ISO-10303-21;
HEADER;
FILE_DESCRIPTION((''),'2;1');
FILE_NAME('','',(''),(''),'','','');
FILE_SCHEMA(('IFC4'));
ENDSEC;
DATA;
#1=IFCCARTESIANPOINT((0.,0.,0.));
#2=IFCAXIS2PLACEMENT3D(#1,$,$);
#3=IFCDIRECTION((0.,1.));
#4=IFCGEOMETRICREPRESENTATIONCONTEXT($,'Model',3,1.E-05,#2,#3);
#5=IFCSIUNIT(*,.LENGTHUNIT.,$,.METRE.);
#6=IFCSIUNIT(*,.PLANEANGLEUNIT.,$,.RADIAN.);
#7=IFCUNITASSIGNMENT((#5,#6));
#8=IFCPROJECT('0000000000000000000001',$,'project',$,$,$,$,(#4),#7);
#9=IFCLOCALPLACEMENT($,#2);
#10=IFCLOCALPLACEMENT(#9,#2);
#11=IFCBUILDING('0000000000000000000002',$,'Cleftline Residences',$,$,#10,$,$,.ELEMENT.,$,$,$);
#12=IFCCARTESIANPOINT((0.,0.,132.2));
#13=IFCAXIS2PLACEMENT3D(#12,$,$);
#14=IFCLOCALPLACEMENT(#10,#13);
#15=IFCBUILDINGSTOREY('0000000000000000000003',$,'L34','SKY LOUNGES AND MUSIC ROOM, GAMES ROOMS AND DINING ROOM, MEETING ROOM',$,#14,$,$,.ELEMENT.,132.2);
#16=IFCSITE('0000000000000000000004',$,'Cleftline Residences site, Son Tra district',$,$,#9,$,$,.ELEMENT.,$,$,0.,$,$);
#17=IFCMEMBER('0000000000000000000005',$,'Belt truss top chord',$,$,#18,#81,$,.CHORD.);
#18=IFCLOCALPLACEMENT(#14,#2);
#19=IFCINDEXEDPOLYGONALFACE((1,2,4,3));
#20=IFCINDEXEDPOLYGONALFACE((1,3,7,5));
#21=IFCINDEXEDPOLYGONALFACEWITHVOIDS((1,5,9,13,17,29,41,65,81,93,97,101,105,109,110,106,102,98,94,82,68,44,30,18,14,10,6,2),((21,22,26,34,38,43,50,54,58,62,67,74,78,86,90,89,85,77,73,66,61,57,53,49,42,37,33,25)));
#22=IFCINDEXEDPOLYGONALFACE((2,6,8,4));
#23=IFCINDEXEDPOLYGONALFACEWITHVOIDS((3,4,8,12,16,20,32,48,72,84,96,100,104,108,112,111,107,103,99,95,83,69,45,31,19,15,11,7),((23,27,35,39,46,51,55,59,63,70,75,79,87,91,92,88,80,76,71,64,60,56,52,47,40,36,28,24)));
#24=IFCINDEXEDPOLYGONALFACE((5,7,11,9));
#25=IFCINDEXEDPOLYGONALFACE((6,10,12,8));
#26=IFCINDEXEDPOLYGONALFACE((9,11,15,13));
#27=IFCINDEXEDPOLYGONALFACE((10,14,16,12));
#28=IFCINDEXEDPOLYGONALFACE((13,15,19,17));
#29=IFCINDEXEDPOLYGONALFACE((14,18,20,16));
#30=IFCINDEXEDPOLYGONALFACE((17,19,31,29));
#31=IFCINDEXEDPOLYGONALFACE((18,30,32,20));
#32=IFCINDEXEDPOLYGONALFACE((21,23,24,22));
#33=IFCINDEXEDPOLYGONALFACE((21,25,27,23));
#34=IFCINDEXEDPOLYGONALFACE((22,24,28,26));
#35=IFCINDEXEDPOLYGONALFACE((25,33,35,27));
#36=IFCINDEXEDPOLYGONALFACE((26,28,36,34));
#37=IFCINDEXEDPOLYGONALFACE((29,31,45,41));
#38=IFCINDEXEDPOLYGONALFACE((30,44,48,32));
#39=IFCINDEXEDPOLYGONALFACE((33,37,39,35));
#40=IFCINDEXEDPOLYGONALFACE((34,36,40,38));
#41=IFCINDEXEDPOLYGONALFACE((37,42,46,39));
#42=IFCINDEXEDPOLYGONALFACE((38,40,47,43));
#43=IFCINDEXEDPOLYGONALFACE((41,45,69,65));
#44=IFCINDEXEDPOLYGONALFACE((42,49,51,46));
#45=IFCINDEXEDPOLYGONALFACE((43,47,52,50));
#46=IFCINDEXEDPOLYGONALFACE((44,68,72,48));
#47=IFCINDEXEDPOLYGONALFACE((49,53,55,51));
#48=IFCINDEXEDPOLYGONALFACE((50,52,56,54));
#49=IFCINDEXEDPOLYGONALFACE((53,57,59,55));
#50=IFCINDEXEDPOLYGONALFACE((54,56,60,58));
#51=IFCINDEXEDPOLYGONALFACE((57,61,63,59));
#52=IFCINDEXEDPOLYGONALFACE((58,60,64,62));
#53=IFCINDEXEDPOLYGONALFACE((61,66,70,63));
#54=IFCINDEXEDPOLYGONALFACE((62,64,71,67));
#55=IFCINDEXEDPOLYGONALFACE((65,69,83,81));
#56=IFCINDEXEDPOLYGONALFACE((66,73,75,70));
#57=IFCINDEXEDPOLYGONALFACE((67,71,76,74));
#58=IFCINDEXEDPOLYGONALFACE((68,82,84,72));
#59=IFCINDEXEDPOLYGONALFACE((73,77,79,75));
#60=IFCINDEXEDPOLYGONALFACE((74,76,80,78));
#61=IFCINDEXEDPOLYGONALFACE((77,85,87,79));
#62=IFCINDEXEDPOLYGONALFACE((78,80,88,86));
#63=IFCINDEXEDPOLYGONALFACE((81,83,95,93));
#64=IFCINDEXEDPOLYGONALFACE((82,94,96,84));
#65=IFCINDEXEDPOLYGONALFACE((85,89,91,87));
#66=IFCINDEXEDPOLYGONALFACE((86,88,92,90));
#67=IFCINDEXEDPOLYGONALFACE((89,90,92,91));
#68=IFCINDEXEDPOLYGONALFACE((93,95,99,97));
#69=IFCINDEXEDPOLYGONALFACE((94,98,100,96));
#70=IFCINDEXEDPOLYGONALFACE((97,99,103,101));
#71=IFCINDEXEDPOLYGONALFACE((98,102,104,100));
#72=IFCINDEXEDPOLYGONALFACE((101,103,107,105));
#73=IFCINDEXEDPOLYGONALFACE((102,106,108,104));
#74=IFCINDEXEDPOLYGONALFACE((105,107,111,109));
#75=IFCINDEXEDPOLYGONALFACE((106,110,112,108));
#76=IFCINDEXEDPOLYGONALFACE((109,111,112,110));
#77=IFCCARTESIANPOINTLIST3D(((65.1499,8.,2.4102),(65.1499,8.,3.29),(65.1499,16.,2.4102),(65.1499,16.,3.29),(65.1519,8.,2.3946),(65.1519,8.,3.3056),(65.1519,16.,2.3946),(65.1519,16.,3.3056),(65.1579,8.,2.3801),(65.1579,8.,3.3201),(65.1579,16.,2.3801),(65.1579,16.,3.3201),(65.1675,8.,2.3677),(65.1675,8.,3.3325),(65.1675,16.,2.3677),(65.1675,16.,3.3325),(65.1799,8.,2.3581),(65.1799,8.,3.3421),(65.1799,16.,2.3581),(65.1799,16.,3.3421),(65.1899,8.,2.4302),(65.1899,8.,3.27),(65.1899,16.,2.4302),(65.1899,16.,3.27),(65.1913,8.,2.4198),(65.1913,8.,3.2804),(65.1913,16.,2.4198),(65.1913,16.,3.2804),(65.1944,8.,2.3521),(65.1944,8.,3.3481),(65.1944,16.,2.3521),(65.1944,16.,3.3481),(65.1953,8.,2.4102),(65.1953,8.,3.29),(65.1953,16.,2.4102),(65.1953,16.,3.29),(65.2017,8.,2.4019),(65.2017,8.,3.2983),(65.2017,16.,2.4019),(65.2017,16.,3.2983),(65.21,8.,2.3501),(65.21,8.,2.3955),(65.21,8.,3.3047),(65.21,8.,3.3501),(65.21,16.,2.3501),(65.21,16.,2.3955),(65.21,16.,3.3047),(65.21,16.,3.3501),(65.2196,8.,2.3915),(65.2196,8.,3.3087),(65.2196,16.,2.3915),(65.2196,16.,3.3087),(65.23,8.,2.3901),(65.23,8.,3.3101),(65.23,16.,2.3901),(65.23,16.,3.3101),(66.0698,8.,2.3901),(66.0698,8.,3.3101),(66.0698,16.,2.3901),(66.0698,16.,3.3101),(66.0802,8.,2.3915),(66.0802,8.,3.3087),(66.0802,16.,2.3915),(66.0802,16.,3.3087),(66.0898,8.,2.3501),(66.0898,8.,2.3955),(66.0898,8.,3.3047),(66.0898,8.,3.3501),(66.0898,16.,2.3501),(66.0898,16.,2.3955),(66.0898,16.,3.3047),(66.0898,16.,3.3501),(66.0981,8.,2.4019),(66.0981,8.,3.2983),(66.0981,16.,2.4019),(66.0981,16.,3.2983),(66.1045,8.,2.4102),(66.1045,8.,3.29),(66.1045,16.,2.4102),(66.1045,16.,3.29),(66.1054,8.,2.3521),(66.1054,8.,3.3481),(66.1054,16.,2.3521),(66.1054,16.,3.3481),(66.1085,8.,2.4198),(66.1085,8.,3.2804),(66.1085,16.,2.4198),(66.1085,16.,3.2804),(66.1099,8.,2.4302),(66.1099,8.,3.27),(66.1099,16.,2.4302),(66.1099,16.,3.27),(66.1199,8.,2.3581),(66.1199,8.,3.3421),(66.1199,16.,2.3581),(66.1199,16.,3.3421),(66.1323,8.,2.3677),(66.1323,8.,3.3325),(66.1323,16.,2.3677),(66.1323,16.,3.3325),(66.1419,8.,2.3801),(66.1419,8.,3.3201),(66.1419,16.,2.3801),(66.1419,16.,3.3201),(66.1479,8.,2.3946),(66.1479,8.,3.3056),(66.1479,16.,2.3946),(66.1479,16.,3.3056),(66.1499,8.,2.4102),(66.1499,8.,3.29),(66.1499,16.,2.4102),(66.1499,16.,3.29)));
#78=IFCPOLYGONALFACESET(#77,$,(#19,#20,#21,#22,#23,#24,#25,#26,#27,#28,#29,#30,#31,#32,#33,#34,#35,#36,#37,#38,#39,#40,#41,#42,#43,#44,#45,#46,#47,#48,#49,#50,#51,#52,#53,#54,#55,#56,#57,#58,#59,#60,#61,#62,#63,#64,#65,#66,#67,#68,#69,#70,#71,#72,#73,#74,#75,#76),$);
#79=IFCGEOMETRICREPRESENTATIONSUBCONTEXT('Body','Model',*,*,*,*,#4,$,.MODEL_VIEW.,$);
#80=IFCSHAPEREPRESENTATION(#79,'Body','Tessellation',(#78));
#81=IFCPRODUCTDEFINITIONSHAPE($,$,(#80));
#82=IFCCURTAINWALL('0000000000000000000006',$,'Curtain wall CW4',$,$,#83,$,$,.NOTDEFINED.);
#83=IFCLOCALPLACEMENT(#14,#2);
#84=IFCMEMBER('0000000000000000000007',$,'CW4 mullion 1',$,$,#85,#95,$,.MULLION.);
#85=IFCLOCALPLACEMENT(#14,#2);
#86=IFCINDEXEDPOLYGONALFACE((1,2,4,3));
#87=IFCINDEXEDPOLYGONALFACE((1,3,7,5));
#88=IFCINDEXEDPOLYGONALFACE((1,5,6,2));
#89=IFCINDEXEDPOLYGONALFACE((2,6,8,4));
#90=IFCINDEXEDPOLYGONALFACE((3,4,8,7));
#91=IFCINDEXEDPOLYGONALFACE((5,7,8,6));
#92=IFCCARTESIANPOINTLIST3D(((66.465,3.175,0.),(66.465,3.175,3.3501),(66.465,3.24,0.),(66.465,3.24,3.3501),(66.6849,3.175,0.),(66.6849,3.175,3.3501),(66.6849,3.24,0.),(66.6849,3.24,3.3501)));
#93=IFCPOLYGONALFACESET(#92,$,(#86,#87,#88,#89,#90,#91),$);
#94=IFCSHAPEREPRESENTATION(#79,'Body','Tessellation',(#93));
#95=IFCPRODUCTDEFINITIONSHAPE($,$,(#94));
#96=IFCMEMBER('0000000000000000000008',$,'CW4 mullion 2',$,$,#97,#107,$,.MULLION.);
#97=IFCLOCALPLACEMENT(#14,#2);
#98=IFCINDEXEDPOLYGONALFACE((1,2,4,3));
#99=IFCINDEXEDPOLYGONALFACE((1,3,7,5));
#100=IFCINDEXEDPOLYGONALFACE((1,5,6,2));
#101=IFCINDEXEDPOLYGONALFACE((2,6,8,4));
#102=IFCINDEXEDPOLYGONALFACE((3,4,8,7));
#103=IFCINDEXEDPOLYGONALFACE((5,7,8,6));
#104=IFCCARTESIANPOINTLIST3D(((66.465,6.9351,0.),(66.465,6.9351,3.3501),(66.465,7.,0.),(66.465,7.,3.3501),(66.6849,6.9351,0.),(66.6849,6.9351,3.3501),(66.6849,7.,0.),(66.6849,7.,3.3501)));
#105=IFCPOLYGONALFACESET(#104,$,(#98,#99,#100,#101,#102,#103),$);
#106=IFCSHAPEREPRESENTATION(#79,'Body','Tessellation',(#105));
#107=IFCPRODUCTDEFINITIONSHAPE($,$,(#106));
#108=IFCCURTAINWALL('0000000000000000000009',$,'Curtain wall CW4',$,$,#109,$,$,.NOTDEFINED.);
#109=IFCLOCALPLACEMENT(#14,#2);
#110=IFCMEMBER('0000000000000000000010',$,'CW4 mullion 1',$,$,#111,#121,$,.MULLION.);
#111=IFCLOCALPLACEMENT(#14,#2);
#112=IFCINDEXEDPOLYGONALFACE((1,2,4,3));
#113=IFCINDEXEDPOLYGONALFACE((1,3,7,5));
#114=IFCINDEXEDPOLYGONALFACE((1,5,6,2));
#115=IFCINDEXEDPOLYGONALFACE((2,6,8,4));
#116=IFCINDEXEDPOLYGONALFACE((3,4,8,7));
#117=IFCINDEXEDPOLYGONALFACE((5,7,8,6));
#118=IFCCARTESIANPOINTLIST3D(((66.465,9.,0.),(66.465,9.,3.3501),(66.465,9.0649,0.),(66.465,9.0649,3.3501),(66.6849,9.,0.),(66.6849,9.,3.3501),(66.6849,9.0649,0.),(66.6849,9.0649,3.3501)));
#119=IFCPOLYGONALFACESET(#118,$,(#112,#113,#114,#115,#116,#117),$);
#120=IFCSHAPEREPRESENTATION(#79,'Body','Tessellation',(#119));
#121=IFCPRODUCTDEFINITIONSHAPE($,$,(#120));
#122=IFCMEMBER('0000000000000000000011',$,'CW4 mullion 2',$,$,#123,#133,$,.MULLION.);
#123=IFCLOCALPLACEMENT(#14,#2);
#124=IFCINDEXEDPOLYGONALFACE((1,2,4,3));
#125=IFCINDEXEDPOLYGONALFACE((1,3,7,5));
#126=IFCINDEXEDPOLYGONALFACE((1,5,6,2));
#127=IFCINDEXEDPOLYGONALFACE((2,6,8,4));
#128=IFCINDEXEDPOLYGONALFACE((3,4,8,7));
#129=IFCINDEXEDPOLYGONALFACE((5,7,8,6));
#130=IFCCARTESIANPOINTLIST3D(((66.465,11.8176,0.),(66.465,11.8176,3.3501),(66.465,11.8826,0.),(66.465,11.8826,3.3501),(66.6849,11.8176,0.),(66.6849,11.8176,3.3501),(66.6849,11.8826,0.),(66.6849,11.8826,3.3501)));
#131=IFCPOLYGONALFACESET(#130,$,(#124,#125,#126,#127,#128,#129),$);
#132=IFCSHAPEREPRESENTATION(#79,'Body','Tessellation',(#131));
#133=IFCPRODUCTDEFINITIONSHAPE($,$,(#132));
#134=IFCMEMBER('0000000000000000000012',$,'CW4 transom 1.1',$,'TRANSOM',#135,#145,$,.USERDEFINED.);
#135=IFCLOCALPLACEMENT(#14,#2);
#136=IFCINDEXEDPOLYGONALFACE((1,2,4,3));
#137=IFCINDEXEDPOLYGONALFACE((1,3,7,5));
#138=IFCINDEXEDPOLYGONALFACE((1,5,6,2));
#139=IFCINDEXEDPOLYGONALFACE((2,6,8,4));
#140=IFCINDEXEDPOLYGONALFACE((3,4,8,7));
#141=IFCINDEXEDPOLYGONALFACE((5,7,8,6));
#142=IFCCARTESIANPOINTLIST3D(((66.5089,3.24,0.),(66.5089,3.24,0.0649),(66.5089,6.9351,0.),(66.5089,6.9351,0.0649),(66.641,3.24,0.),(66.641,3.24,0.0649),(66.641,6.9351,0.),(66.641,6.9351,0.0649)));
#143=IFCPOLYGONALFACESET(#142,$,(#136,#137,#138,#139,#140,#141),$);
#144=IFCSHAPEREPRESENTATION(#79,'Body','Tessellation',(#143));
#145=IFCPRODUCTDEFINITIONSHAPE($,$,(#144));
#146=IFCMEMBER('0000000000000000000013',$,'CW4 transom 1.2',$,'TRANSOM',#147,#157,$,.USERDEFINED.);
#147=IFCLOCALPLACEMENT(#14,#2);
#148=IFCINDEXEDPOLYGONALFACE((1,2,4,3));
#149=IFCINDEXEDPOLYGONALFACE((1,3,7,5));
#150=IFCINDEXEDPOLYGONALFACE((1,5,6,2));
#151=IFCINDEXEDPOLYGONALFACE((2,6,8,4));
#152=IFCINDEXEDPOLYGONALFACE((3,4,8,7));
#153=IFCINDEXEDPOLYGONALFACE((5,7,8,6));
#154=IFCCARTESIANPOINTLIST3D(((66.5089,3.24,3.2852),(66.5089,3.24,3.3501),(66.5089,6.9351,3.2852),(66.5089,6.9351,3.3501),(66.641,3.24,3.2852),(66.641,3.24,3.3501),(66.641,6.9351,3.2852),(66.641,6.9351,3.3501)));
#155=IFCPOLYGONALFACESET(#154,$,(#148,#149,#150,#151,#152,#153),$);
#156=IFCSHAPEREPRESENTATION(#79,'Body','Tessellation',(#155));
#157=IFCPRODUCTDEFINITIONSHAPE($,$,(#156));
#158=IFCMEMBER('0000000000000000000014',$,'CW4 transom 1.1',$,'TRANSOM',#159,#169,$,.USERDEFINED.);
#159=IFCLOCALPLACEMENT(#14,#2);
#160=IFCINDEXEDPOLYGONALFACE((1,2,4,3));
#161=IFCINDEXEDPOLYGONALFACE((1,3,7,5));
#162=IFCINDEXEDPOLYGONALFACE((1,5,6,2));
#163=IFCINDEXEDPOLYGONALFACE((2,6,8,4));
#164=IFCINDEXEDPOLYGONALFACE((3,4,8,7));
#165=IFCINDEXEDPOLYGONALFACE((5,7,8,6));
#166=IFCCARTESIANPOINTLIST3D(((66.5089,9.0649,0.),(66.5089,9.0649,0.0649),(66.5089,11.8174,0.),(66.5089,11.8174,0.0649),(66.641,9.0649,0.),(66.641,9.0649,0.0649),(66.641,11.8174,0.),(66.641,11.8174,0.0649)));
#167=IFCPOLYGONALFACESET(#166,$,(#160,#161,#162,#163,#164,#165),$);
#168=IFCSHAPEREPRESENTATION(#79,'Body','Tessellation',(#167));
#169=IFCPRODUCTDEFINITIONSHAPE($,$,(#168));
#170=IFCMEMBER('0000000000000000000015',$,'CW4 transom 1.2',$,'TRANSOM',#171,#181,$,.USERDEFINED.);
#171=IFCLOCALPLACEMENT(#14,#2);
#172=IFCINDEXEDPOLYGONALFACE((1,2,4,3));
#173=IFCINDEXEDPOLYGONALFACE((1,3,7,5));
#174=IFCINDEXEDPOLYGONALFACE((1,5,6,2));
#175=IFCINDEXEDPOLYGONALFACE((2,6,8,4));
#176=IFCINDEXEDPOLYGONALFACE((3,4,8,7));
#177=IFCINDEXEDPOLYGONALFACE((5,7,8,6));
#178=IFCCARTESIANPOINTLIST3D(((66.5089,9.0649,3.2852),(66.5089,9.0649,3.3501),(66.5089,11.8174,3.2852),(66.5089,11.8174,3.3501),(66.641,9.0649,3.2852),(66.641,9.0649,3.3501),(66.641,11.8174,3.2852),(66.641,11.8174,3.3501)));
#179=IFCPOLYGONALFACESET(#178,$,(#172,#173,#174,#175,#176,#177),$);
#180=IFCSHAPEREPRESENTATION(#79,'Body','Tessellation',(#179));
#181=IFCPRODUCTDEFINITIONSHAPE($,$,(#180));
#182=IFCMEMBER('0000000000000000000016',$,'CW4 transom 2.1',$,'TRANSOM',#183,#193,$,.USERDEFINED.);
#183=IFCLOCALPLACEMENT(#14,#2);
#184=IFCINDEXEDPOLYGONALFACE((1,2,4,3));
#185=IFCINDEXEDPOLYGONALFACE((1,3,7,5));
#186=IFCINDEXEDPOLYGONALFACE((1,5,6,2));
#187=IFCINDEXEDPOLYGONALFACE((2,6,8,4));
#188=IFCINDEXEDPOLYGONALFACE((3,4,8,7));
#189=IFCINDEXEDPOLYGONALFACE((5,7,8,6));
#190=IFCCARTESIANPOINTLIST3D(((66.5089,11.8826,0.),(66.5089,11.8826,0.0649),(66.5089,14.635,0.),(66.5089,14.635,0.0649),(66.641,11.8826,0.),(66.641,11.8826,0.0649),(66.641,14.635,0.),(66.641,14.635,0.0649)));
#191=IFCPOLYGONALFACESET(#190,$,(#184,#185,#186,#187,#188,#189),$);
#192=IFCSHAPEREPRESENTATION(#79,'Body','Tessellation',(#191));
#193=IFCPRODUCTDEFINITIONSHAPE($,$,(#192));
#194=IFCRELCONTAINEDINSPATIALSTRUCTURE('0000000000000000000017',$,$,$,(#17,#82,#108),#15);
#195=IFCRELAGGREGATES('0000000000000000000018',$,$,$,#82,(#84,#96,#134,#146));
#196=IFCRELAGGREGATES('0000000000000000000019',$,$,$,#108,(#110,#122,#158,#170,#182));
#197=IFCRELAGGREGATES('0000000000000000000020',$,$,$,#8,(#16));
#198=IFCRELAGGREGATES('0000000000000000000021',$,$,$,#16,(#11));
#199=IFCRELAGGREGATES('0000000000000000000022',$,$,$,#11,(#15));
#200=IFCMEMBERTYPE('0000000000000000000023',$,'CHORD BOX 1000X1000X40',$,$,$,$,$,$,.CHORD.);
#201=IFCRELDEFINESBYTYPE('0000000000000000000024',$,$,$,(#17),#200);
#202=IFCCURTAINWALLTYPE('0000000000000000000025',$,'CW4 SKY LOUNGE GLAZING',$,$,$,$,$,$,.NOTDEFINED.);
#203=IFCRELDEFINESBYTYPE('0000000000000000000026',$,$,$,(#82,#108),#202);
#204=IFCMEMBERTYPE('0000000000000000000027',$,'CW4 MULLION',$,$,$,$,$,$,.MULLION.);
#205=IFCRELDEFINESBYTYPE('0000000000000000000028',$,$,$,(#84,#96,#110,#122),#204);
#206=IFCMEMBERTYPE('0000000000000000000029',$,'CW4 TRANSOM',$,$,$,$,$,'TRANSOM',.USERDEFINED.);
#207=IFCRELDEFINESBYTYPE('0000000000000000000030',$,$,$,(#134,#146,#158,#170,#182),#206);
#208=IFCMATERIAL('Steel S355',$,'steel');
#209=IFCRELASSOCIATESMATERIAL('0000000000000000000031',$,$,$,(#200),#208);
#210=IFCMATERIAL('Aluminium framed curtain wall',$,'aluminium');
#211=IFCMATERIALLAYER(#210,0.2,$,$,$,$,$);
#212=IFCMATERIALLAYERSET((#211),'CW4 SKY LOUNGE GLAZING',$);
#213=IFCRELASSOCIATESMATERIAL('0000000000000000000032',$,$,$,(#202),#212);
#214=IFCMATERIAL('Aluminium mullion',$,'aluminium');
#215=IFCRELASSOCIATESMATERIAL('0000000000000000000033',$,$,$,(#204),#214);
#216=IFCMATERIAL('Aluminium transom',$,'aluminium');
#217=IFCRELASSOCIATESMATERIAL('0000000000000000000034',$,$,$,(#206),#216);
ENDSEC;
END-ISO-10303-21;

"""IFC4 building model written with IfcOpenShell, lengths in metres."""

from ifc_helpers import new_model, si_unit, direction, frame, origin, origin_2d, place, context, subcontext, project, spatial, rectangle, hollow_rectangle, extrude, material, layer, layer_set, material_profile, profile_set, type_object, element, aggregate, save


model = new_model("IFC4")

# Units and contexts
model_context = context("Model", 3, precision=1e-05, world=origin(), true_north=direction((0.0, 1.0)))
body_context = subcontext(model_context, "Body", "Model", "MODEL_VIEW")
ifc_project = project(units=[si_unit("LENGTHUNIT", "METRE"), si_unit("PLANEANGLEUNIT", "RADIAN")], contexts=[model_context])

# Site, building, storey
site_placement = place(None, origin())
site = spatial("IfcSite", under=ifc_project, at=site_placement, Name="Cleftline Residences site, Son Tra district", CompositionType="ELEMENT", RefElevation=0.0)
building_placement = place(site_placement, origin())
building = spatial("IfcBuilding", under=site, at=building_placement, Name="Cleftline Residences", CompositionType="ELEMENT")
storey_placement = place(building_placement, frame((0.0, 0.0, 132.2)))
storey = spatial("IfcBuildingStorey", under=building, at=storey_placement, Name="L34", Description="SKY LOUNGES AND MUSIC ROOM, GAMES ROOMS AND DINING ROOM, MEETING ROOM", CompositionType="ELEMENT", Elevation=132.2)

# Member
ifc_material_1 = material(Name="Steel S355", Category="steel")
ifc_material_profile_1 = material_profile(ifc_material_1, hollow_rectangle(XDim=1.0, YDim=1.0, WallThickness=0.04, InnerFilletRadius=0.04, OuterFilletRadius=0.0601, at=origin_2d()))
ifc_profile_set_1 = profile_set([ifc_material_profile_1], Name="Steel S355")
member_type_1 = type_object("IfcMemberType", Name="CHORD BOX 1000X1000X40", PredefinedType="CHORD", material=ifc_profile_set_1)
for number, where, z_axis, x_axis, name in (
    (1, (65.6499, 8.0, 2.8501), (0.0, 1.0, 0.0), (-1.0, 0.0, 0.0), "Belt truss top chord"),
):
    element("IfcMember", number, at=place(storey_placement, frame(where, z_axis=z_axis, x_axis=x_axis)), inside=storey, type_object=member_type_1, Name=name, PredefinedType="CHORD", context=body_context, shape_type="SweptSolid", body=[
        extrude(hollow_rectangle(XDim=1.0, YDim=1.0, WallThickness=0.04, InnerFilletRadius=0.04, OuterFilletRadius=0.0601, at=origin_2d()), origin(), (0.0, 0.0, 1.0), 8.0),
    ])

# Curtain walls, members
ifc_material_2 = material(Name="Aluminium framed curtain wall", Category="aluminium")
ifc_layer_1 = layer(ifc_material_2, 0.2)
ifc_layer_set_1 = layer_set([ifc_layer_1], Name="CW4 SKY LOUNGE GLAZING")
curtain_wall_type = type_object("IfcCurtainWallType", Name="CW4 SKY LOUNGE GLAZING", PredefinedType="NOTDEFINED", material=ifc_layer_set_1)
curtain_wall_1_placement = place(storey_placement, origin())
curtain_wall_1 = element("IfcCurtainWall", 2, at=curtain_wall_1_placement, inside=storey, type_object=curtain_wall_type, Name="Curtain wall CW4", PredefinedType="NOTDEFINED")
ifc_material_3 = material(Name="Aluminium mullion", Category="aluminium")
ifc_material_profile_2 = material_profile(ifc_material_3, rectangle(XDim=0.22, YDim=0.0649, at=origin_2d()))
ifc_profile_set_2 = profile_set([ifc_material_profile_2], Name="Aluminium mullion")
member_type_2 = type_object("IfcMemberType", Name="CW4 MULLION", PredefinedType="MULLION", material=ifc_profile_set_2)
member_1_placement = place(storey_placement, frame((66.575, 3.2075, 0.0), z_axis=(0.0, 0.0, 1.0), x_axis=(-1.0, 0.0, 0.0)))
member_1 = element("IfcMember", 3, at=member_1_placement, type_object=member_type_2, Name="CW4 mullion 1", PredefinedType="MULLION", context=body_context, shape_type="SweptSolid", body=[
    extrude(rectangle(XDim=0.22, YDim=0.0649, at=origin_2d()), origin(), (0.0, 0.0, 1.0), 3.3501),
])
member_2_placement = place(storey_placement, frame((66.575, 6.9675, 0.0), z_axis=(0.0, 0.0, 1.0), x_axis=(-1.0, 0.0, 0.0)))
member_2 = element("IfcMember", 4, at=member_2_placement, type_object=member_type_2, Name="CW4 mullion 2", PredefinedType="MULLION", context=body_context, shape_type="SweptSolid", body=[
    extrude(rectangle(XDim=0.22, YDim=0.0649, at=origin_2d()), origin(), (0.0, 0.0, 1.0), 3.3501),
])
curtain_wall_2_placement = place(storey_placement, origin())
curtain_wall_2 = element("IfcCurtainWall", 5, at=curtain_wall_2_placement, inside=storey, type_object=curtain_wall_type, Name="Curtain wall CW4", PredefinedType="NOTDEFINED")
member_3_placement = place(storey_placement, frame((66.575, 9.0325, 0.0), z_axis=(0.0, 0.0, 1.0), x_axis=(-1.0, 0.0, 0.0)))
member_3 = element("IfcMember", 6, at=member_3_placement, type_object=member_type_2, Name="CW4 mullion 1", PredefinedType="MULLION", context=body_context, shape_type="SweptSolid", body=[
    extrude(rectangle(XDim=0.22, YDim=0.0649, at=origin_2d()), origin(), (0.0, 0.0, 1.0), 3.3501),
])
member_4_placement = place(storey_placement, frame((66.575, 11.8501, 0.0), z_axis=(0.0, 0.0, 1.0), x_axis=(-1.0, 0.0, 0.0)))
member_4 = element("IfcMember", 7, at=member_4_placement, type_object=member_type_2, Name="CW4 mullion 2", PredefinedType="MULLION", context=body_context, shape_type="SweptSolid", body=[
    extrude(rectangle(XDim=0.22, YDim=0.0649, at=origin_2d()), origin(), (0.0, 0.0, 1.0), 3.3501),
])

# Members
ifc_material_4 = material(Name="Aluminium transom", Category="aluminium")
ifc_material_profile_3 = material_profile(ifc_material_4, rectangle(XDim=0.1321, YDim=0.0649, at=origin_2d()))
ifc_profile_set_3 = profile_set([ifc_material_profile_3], Name="Aluminium transom")
member_type_3 = type_object("IfcMemberType", Name="CW4 TRANSOM", ElementType="TRANSOM", PredefinedType="USERDEFINED", material=ifc_profile_set_3)
member_5_placement = place(storey_placement, frame((66.575, 3.24, 0.0325), z_axis=(0.0, 1.0, 0.0), x_axis=(-1.0, 0.0, 0.0)))
member_5 = element("IfcMember", 8, at=member_5_placement, type_object=member_type_3, Name="CW4 transom 1.1", ObjectType="TRANSOM", PredefinedType="USERDEFINED", context=body_context, shape_type="SweptSolid", body=[
    extrude(rectangle(XDim=0.1321, YDim=0.0649, at=origin_2d()), origin(), (0.0, 0.0, 1.0), 3.6951),
])
member_6_placement = place(storey_placement, frame((66.575, 3.24, 3.3176), z_axis=(0.0, 1.0, 0.0), x_axis=(-1.0, 0.0, 0.0)))
member_6 = element("IfcMember", 9, at=member_6_placement, type_object=member_type_3, Name="CW4 transom 1.2", ObjectType="TRANSOM", PredefinedType="USERDEFINED", context=body_context, shape_type="SweptSolid", body=[
    extrude(rectangle(XDim=0.1321, YDim=0.0649, at=origin_2d()), origin(), (0.0, 0.0, 1.0), 3.6951),
])
member_7_placement = place(storey_placement, frame((66.575, 9.0649, 0.0325), z_axis=(0.0, 1.0, 0.0), x_axis=(-1.0, 0.0, 0.0)))
member_7 = element("IfcMember", 10, at=member_7_placement, type_object=member_type_3, Name="CW4 transom 1.1", ObjectType="TRANSOM", PredefinedType="USERDEFINED", context=body_context, shape_type="SweptSolid", body=[
    extrude(rectangle(XDim=0.1321, YDim=0.0649, at=origin_2d()), origin(), (0.0, 0.0, 1.0), 2.7524),
])
member_8_placement = place(storey_placement, frame((66.575, 9.0649, 3.3176), z_axis=(0.0, 1.0, 0.0), x_axis=(-1.0, 0.0, 0.0)))
member_8 = element("IfcMember", 11, at=member_8_placement, type_object=member_type_3, Name="CW4 transom 1.2", ObjectType="TRANSOM", PredefinedType="USERDEFINED", context=body_context, shape_type="SweptSolid", body=[
    extrude(rectangle(XDim=0.1321, YDim=0.0649, at=origin_2d()), origin(), (0.0, 0.0, 1.0), 2.7524),
])
member_9_placement = place(storey_placement, frame((66.575, 11.8826, 0.0325), z_axis=(0.0, 1.0, 0.0), x_axis=(-1.0, 0.0, 0.0)))
member_9 = element("IfcMember", 12, at=member_9_placement, type_object=member_type_3, Name="CW4 transom 2.1", ObjectType="TRANSOM", PredefinedType="USERDEFINED", context=body_context, shape_type="SweptSolid", body=[
    extrude(rectangle(XDim=0.1321, YDim=0.0649, at=origin_2d()), origin(), (0.0, 0.0, 1.0), 2.7524),
])

aggregate(curtain_wall_1, [member_1, member_2, member_5, member_6])
aggregate(curtain_wall_2, [member_3, member_4, member_7, member_8, member_9])

save(model, "model.ifc")
